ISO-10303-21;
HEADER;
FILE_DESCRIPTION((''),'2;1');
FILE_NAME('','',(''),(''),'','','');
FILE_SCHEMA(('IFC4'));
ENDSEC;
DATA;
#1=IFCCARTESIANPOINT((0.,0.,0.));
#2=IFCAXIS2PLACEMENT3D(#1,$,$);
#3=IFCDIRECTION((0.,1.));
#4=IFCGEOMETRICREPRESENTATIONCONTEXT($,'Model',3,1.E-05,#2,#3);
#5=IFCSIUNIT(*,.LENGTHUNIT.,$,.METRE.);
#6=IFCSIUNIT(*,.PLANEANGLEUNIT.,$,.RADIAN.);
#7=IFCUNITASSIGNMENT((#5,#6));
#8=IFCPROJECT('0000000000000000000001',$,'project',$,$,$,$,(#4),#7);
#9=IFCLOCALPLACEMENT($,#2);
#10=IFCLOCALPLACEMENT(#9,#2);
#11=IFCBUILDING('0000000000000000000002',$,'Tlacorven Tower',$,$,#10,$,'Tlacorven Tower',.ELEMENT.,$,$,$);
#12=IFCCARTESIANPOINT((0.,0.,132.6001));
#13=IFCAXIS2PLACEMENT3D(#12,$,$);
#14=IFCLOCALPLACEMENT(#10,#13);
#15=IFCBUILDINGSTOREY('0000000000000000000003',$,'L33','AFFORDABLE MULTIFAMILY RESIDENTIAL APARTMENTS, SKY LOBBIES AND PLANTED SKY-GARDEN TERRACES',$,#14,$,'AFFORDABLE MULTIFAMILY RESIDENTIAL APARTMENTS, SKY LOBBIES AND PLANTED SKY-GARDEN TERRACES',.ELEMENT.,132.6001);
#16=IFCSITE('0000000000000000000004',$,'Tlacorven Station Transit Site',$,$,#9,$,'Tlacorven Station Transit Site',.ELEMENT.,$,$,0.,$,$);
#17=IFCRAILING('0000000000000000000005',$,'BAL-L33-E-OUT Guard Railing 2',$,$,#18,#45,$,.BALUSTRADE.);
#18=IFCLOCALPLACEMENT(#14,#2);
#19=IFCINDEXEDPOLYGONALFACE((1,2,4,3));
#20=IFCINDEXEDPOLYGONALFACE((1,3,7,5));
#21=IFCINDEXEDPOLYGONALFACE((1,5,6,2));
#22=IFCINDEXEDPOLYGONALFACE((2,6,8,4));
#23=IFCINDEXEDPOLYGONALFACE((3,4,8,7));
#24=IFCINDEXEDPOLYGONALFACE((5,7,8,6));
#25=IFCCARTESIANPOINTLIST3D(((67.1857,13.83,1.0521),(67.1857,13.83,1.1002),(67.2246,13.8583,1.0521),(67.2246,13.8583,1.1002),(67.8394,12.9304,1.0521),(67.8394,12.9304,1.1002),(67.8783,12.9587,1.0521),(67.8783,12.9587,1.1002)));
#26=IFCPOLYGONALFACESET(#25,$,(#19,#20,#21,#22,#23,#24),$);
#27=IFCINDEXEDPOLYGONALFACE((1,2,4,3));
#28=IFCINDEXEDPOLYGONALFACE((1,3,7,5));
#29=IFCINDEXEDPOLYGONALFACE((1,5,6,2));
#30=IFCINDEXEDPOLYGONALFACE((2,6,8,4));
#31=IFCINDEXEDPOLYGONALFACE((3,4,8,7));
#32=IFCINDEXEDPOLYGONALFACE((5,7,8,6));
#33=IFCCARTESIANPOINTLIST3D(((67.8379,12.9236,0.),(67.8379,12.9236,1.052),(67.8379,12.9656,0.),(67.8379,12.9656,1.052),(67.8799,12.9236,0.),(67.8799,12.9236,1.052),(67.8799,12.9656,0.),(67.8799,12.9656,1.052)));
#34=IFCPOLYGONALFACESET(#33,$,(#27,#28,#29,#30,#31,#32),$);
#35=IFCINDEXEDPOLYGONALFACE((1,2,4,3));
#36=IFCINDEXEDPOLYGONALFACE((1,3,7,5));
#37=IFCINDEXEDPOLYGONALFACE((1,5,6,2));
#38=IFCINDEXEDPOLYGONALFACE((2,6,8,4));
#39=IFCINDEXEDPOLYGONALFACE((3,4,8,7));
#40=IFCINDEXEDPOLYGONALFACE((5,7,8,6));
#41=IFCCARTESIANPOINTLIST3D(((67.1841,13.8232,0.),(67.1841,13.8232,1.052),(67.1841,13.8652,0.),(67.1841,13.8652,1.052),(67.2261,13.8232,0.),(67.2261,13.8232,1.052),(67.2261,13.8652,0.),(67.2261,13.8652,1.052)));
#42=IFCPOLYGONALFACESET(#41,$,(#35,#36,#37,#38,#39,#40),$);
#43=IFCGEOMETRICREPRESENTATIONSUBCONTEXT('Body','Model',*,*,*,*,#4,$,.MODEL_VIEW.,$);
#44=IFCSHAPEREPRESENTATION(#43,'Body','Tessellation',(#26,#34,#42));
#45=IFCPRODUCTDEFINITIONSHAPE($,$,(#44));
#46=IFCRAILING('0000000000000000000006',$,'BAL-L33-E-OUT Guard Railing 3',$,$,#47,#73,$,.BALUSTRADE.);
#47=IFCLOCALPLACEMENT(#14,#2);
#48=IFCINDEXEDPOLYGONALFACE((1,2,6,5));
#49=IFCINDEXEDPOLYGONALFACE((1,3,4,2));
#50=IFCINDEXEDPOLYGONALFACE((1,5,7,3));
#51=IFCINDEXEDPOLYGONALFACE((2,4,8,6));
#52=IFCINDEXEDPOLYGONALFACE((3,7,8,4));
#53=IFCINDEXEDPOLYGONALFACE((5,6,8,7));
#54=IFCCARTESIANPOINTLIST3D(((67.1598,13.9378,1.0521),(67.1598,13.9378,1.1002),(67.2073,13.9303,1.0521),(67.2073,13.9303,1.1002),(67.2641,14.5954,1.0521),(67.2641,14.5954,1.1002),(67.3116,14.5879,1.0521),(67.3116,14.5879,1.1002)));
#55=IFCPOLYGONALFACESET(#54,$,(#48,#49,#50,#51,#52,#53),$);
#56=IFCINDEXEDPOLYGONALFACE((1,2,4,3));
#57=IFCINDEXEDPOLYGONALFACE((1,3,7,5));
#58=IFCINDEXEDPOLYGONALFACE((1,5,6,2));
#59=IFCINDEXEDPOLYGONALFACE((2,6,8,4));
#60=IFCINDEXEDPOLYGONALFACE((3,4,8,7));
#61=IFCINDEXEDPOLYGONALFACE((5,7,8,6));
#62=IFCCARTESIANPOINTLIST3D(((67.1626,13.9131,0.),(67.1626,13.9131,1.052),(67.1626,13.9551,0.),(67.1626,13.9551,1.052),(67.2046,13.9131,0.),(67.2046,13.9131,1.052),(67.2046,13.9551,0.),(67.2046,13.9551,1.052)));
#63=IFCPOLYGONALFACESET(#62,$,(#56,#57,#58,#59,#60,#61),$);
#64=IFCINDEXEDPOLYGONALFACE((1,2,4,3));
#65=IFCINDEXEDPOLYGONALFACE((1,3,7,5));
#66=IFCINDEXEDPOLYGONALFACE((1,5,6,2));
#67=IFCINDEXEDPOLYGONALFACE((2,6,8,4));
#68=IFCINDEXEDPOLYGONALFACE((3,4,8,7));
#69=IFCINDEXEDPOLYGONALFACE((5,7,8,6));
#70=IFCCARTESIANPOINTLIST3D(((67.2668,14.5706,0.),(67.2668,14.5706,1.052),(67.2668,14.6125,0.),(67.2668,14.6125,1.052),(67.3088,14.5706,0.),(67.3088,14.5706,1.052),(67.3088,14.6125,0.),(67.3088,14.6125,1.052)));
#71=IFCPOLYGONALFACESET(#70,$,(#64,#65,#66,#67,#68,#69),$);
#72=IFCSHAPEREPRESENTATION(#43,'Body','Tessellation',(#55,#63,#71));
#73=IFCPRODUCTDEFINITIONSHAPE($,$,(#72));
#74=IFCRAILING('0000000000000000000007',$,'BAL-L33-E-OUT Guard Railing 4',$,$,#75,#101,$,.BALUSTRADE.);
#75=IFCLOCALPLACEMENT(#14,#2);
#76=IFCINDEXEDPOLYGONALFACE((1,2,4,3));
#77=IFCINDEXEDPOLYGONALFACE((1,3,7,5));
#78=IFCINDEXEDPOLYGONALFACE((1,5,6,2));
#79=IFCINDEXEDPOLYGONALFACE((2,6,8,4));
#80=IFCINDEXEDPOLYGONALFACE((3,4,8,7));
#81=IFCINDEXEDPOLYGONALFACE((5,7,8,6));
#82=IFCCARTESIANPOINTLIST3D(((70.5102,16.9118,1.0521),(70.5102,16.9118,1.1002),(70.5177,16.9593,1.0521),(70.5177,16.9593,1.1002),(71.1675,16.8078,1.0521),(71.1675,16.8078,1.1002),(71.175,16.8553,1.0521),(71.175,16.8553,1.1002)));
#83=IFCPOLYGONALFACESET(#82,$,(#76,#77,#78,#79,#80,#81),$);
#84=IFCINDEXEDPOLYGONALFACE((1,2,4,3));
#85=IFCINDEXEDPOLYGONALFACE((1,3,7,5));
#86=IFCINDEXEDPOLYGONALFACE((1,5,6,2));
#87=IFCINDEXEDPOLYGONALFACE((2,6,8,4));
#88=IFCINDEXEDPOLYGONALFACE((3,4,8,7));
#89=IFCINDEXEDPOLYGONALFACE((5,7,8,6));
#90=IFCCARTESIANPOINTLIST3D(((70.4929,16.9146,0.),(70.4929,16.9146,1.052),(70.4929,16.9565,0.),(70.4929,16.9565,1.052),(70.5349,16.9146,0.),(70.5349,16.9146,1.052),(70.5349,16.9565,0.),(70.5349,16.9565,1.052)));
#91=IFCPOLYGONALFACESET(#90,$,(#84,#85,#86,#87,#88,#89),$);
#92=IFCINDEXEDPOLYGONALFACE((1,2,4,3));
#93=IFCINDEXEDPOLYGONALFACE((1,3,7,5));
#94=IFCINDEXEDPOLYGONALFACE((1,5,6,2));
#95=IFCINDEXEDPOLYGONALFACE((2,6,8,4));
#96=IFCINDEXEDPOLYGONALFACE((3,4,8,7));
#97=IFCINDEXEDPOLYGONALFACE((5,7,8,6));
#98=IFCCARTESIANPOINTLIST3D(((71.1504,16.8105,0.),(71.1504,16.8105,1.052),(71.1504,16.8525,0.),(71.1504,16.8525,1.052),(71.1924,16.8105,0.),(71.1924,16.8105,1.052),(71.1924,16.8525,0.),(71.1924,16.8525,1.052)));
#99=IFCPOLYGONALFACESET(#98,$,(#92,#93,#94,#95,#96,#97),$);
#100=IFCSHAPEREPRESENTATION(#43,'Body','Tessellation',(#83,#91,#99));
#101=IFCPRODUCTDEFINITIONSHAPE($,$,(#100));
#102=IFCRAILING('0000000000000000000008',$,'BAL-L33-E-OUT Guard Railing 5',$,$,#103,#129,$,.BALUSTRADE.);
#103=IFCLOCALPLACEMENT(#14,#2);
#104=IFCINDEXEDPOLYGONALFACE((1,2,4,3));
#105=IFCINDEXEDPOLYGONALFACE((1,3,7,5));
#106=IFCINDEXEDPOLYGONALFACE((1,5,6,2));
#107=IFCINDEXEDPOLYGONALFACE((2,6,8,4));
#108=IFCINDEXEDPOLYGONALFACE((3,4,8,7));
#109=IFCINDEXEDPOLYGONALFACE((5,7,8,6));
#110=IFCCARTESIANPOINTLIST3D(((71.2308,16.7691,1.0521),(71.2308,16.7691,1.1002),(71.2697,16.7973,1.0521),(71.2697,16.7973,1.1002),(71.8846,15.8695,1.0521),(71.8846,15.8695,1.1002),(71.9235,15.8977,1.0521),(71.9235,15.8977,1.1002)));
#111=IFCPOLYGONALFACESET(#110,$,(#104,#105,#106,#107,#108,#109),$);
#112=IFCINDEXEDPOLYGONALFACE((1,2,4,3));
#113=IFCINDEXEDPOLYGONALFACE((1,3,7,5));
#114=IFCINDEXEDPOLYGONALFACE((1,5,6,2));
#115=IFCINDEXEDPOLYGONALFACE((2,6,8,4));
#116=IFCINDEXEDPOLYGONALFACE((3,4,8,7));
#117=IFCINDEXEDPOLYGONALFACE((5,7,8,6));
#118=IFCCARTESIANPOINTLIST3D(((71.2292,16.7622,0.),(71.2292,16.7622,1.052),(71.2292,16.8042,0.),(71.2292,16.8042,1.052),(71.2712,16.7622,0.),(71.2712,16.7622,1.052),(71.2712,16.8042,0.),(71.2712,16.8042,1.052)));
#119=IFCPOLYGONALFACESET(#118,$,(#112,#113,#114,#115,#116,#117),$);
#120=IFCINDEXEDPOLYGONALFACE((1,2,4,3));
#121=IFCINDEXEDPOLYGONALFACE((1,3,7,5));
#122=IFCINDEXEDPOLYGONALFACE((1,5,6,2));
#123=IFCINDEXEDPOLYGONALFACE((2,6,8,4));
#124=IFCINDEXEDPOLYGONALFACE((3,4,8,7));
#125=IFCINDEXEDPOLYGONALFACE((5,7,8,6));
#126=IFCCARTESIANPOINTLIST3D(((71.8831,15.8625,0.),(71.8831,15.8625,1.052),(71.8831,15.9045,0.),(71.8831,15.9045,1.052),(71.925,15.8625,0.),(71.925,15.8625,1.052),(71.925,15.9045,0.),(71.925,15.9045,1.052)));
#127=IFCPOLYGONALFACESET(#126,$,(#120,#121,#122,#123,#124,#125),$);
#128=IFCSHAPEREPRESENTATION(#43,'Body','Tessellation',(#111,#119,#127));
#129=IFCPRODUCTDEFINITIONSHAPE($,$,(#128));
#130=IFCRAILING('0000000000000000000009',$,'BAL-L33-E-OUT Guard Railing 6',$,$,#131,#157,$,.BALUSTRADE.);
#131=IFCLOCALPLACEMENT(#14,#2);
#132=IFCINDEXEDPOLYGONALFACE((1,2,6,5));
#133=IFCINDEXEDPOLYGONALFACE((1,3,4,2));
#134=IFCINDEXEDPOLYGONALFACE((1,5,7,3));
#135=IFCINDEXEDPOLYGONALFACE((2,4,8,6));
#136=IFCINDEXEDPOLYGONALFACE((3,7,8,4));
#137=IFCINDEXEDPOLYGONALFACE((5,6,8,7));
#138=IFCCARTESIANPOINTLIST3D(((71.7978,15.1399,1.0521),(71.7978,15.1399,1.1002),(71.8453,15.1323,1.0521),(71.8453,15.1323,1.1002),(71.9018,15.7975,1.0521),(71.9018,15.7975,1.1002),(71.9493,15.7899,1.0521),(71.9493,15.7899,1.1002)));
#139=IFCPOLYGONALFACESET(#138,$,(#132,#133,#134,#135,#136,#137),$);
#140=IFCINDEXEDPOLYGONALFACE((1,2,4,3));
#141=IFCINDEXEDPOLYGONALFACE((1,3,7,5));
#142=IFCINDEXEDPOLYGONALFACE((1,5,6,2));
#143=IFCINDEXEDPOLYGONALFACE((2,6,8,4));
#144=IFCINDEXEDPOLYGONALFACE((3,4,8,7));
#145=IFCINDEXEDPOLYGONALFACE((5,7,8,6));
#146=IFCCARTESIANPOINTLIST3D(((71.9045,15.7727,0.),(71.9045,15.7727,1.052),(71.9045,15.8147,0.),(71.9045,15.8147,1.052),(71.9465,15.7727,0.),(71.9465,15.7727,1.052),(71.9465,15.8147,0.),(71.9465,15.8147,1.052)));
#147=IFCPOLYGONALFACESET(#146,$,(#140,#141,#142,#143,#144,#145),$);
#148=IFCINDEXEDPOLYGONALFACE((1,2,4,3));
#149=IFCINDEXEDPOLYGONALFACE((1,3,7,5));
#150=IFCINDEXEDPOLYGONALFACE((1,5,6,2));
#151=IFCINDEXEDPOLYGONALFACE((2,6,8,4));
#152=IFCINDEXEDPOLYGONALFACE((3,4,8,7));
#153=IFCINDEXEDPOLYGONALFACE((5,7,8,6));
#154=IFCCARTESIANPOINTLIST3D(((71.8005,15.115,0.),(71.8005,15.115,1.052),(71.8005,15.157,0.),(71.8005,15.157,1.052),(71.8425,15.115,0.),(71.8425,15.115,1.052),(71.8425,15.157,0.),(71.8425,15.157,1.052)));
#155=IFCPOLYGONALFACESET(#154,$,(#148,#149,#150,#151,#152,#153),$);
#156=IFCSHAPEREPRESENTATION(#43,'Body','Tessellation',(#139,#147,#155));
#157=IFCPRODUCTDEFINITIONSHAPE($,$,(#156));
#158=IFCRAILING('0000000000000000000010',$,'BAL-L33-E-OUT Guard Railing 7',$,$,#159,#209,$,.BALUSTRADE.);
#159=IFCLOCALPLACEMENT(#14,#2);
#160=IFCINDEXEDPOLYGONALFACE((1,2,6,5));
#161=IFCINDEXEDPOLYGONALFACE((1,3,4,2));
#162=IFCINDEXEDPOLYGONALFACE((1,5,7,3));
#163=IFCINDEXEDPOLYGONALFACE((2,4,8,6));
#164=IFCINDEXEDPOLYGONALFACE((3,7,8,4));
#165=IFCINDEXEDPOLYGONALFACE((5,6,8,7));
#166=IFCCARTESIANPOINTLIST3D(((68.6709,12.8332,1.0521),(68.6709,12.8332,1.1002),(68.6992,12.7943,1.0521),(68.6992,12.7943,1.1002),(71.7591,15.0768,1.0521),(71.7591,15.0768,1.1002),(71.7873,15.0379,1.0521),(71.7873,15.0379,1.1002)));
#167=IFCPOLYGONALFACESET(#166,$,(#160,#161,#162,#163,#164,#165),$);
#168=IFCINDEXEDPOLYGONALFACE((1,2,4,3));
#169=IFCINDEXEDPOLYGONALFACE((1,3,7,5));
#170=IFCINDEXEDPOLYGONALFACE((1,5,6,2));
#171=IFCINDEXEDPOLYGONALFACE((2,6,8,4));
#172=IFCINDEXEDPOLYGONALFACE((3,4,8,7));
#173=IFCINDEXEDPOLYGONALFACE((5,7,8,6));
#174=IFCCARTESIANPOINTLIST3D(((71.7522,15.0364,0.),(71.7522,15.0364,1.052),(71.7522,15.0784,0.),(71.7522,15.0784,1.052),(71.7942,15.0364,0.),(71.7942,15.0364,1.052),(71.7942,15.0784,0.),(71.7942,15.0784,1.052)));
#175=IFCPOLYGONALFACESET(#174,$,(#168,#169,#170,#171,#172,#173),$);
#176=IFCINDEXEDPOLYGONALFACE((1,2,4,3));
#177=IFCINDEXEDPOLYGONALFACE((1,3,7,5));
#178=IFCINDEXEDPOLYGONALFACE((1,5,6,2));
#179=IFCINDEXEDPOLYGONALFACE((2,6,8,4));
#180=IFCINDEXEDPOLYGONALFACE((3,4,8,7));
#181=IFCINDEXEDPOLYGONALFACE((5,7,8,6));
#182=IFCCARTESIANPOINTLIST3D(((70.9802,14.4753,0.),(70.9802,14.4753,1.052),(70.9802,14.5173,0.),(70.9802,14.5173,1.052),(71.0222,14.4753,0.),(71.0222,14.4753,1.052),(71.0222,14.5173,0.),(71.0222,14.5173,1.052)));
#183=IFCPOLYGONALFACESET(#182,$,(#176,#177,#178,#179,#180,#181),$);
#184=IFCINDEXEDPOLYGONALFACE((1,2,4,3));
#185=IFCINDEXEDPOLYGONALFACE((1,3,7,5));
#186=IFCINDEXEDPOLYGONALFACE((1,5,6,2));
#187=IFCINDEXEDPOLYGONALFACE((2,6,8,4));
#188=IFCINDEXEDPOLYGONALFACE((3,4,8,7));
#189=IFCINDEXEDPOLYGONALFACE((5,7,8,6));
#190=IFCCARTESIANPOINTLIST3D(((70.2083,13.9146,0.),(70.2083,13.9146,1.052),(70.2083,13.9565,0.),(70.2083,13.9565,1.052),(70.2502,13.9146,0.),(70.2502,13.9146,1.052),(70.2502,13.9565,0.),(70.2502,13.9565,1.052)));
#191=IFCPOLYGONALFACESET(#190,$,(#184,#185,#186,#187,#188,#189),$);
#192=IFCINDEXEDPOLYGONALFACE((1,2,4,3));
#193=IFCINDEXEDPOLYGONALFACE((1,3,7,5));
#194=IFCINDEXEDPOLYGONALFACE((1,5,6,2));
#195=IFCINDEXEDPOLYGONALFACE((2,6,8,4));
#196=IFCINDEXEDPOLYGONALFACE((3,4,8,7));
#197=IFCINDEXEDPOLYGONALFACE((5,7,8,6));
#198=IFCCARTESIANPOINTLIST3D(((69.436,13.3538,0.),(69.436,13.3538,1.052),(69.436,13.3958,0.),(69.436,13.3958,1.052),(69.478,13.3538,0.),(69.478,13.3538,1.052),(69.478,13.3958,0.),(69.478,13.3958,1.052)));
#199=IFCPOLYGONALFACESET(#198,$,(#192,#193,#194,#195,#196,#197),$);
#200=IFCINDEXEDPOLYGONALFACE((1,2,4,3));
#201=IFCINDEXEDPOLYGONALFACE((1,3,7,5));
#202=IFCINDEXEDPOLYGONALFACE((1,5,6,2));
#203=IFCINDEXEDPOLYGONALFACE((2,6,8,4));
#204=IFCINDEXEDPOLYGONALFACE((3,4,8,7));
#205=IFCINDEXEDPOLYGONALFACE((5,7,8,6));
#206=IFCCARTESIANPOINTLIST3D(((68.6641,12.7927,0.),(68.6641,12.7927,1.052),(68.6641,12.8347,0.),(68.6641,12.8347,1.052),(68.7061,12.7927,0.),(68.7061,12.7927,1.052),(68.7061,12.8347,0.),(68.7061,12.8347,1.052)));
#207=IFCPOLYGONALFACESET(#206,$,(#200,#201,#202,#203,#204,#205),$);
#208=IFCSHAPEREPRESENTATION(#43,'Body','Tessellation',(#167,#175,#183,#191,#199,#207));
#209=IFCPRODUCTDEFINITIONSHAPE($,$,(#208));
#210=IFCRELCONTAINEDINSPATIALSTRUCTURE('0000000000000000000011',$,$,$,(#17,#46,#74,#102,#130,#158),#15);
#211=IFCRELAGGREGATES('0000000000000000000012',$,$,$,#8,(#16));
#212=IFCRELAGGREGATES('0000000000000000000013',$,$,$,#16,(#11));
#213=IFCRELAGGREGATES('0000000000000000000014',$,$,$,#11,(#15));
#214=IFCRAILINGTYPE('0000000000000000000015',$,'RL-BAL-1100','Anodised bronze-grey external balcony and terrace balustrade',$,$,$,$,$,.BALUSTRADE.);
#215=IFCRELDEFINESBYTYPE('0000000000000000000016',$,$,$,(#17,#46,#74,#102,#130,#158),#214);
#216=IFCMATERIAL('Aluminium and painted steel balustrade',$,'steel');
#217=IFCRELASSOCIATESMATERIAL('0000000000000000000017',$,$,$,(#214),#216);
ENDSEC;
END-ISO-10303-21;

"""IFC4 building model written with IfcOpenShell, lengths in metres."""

from ifc_helpers import new_model, si_unit, direction, frame, origin, origin_2d, place, context, subcontext, project, spatial, rectangle, extrude, source, transform, mapped, material, type_object, element, save


model = new_model("IFC4")

# Units and contexts
model_context = context("Model", 3, precision=1e-05, world=origin(), true_north=direction((0.0, 1.0)))
body_context = subcontext(model_context, "Body", "Model", "MODEL_VIEW")
ifc_project = project(units=[si_unit("LENGTHUNIT", "METRE"), si_unit("PLANEANGLEUNIT", "RADIAN")], contexts=[model_context])

# Site, building, storey
site_placement = place(None, origin())
site = spatial("IfcSite", under=ifc_project, at=site_placement, Name="Tlacorven Station Transit Site", LongName="Tlacorven Station Transit Site", CompositionType="ELEMENT", RefElevation=0.0)
building_placement = place(site_placement, origin())
building = spatial("IfcBuilding", under=site, at=building_placement, Name="Tlacorven Tower", LongName="Tlacorven Tower", CompositionType="ELEMENT")
storey_placement = place(building_placement, frame((0.0, 0.0, 132.6001)))
storey = spatial("IfcBuildingStorey", under=building, at=storey_placement, Name="L33", Description="AFFORDABLE MULTIFAMILY RESIDENTIAL APARTMENTS, SKY LOBBIES AND PLANTED SKY-GARDEN TERRACES", LongName="AFFORDABLE MULTIFAMILY RESIDENTIAL APARTMENTS, SKY LOBBIES AND PLANTED SKY-GARDEN TERRACES", CompositionType="ELEMENT", Elevation=132.6001)

# Railings
ifc_material_1 = material(Name="Aluminium and painted steel balustrade", Category="steel")
railing_type_1 = type_object("IfcRailingType", Name="RL-BAL-1100", Description="Anodised bronze-grey external balcony and terrace balustrade", PredefinedType="BALUSTRADE", material=ifc_material_1)
shared_shape_1 = source(origin(), body_context, "Body", "SweptSolid", [
    extrude(rectangle(XDim=0.0481, YDim=0.0481, at=origin_2d()), frame((0.0, 0.0, 1.0762), z_axis=(-0.587884, 0.808945, 0.0), x_axis=(-0.808945, -0.587884, 0.0)), (0.0, 0.0, 1.0), 1.1121),
    extrude(rectangle(XDim=0.042, YDim=0.042, at=origin_2d()), origin(), (0.0, 0.0, 1.0), 1.052),
    extrude(rectangle(XDim=0.042, YDim=0.042, at=origin_2d()), frame((-0.6538, 0.8997, 0.0)), (0.0, 0.0, 1.0), 1.052),
])
railing_1_placement = place(storey_placement, frame((67.8589, 12.9446, 0.0)))
element("IfcRailing", 1, at=railing_1_placement, inside=storey, type_object=railing_type_1, Name="BAL-L33-E-OUT Guard Railing 2", PredefinedType="BALUSTRADE", context=body_context, shape_type="MappedRepresentation", body=[
    mapped(shared_shape_1, transform((0.0, 0.0, 0.0), scale=1.0)),
])
shared_shape_2 = source(origin(), body_context, "Body", "SweptSolid", [
    extrude(rectangle(XDim=0.0481, YDim=0.0481, at=origin_2d()), frame((0.0, 0.0, 1.0762), z_axis=(0.156603, 0.987662, 0.0), x_axis=(-0.987662, 0.156603, 0.0)), (0.0, 0.0, 1.0), 0.6658),
    extrude(rectangle(XDim=0.042, YDim=0.042, at=origin_2d()), origin(), (0.0, 0.0, 1.0), 1.052),
    extrude(rectangle(XDim=0.042, YDim=0.042, at=origin_2d()), frame((0.1042, 0.6575, 0.0)), (0.0, 0.0, 1.0), 1.052),
])
railing_2_placement = place(storey_placement, frame((67.1836, 13.9341, 0.0)))
element("IfcRailing", 2, at=railing_2_placement, inside=storey, type_object=railing_type_1, Name="BAL-L33-E-OUT Guard Railing 3", PredefinedType="BALUSTRADE", context=body_context, shape_type="MappedRepresentation", body=[
    mapped(shared_shape_2, transform((0.0, 0.0, 0.0), scale=1.0)),
])
shared_shape_3 = source(origin(), body_context, "Body", "SweptSolid", [
    extrude(rectangle(XDim=0.0481, YDim=0.0481, at=origin_2d()), frame((0.0, 0.0, 1.0762), z_axis=(0.987718, -0.156245, 0.0), x_axis=(0.156245, 0.987718, 0.0)), (0.0, 0.0, 1.0), 0.6655),
    extrude(rectangle(XDim=0.042, YDim=0.042, at=origin_2d()), origin(), (0.0, 0.0, 1.0), 1.052),
    extrude(rectangle(XDim=0.042, YDim=0.042, at=origin_2d()), frame((0.6575, -0.104, 0.0)), (0.0, 0.0, 1.0), 1.052),
])
railing_3_placement = place(storey_placement, frame((70.5139, 16.9355, 0.0)))
element("IfcRailing", 3, at=railing_3_placement, inside=storey, type_object=railing_type_1, Name="BAL-L33-E-OUT Guard Railing 4", PredefinedType="BALUSTRADE", context=body_context, shape_type="MappedRepresentation", body=[
    mapped(shared_shape_3, transform((0.0, 0.0, 0.0), scale=1.0)),
])
shared_shape_4 = source(origin(), body_context, "Body", "SweptSolid", [
    extrude(rectangle(XDim=0.0481, YDim=0.0481, at=origin_2d()), frame((0.0, 0.0, 1.0762), z_axis=(0.587884, -0.808945, 0.0), x_axis=(0.808945, 0.587884, 0.0)), (0.0, 0.0, 1.0), 1.1121),
    extrude(rectangle(XDim=0.042, YDim=0.042, at=origin_2d()), origin(), (0.0, 0.0, 1.0), 1.052),
    extrude(rectangle(XDim=0.042, YDim=0.042, at=origin_2d()), frame((0.6538, -0.8997, 0.0)), (0.0, 0.0, 1.0), 1.052),
])
railing_4_placement = place(storey_placement, frame((71.2502, 16.7832, 0.0)))
element("IfcRailing", 4, at=railing_4_placement, inside=storey, type_object=railing_type_1, Name="BAL-L33-E-OUT Guard Railing 5", PredefinedType="BALUSTRADE", context=body_context, shape_type="MappedRepresentation", body=[
    mapped(shared_shape_4, transform((0.0, 0.0, 0.0), scale=1.0)),
])
shared_shape_5 = source(origin(), body_context, "Body", "SweptSolid", [
    extrude(rectangle(XDim=0.0481, YDim=0.0481, at=origin_2d()), frame((0.0, 0.0, 1.0762), z_axis=(-0.156188, -0.987727, 0.0), x_axis=(0.987727, -0.156188, 0.0)), (0.0, 0.0, 1.0), 0.6658),
    extrude(rectangle(XDim=0.042, YDim=0.042, at=origin_2d()), origin(), (0.0, 0.0, 1.0), 1.052),
    extrude(rectangle(XDim=0.042, YDim=0.042, at=origin_2d()), frame((-0.104, -0.6577, 0.0)), (0.0, 0.0, 1.0), 1.052),
])
railing_5_placement = place(storey_placement, frame((71.9255, 15.7937, 0.0)))
element("IfcRailing", 5, at=railing_5_placement, inside=storey, type_object=railing_type_1, Name="BAL-L33-E-OUT Guard Railing 6", PredefinedType="BALUSTRADE", context=body_context, shape_type="MappedRepresentation", body=[
    mapped(shared_shape_5, transform((0.0, 0.0, 0.0), scale=1.0)),
])
shared_shape_6 = source(origin(), body_context, "Body", "SweptSolid", [
    extrude(rectangle(XDim=0.0481, YDim=0.0481, at=origin_2d()), frame((0.0, 0.0, 1.0762), z_axis=(-0.809018, -0.587784, 0.0), x_axis=(0.587784, -0.809018, 0.0)), (0.0, 0.0, 1.0), 3.8171),
    extrude(rectangle(XDim=0.042, YDim=0.042, at=origin_2d()), origin(), (0.0, 0.0, 1.0), 1.052),
    extrude(rectangle(XDim=0.042, YDim=0.042, at=origin_2d()), frame((-0.772, -0.561, 0.0)), (0.0, 0.0, 1.0), 1.052),
    extrude(rectangle(XDim=0.042, YDim=0.042, at=origin_2d()), frame((-1.5439, -1.1218, 0.0)), (0.0, 0.0, 1.0), 1.052),
    extrude(rectangle(XDim=0.042, YDim=0.042, at=origin_2d()), frame((-2.3162, -1.6826, 0.0)), (0.0, 0.0, 1.0), 1.052),
    extrude(rectangle(XDim=0.042, YDim=0.042, at=origin_2d()), frame((-3.0881, -2.2437, 0.0)), (0.0, 0.0, 1.0), 1.052),
])
railing_6_placement = place(storey_placement, frame((71.7732, 15.0574, 0.0)))
element("IfcRailing", 6, at=railing_6_placement, inside=storey, type_object=railing_type_1, Name="BAL-L33-E-OUT Guard Railing 7", PredefinedType="BALUSTRADE", context=body_context, shape_type="MappedRepresentation", body=[
    mapped(shared_shape_6, transform((0.0, 0.0, 0.0), scale=1.0)),
])

save(model, "model.ifc")
